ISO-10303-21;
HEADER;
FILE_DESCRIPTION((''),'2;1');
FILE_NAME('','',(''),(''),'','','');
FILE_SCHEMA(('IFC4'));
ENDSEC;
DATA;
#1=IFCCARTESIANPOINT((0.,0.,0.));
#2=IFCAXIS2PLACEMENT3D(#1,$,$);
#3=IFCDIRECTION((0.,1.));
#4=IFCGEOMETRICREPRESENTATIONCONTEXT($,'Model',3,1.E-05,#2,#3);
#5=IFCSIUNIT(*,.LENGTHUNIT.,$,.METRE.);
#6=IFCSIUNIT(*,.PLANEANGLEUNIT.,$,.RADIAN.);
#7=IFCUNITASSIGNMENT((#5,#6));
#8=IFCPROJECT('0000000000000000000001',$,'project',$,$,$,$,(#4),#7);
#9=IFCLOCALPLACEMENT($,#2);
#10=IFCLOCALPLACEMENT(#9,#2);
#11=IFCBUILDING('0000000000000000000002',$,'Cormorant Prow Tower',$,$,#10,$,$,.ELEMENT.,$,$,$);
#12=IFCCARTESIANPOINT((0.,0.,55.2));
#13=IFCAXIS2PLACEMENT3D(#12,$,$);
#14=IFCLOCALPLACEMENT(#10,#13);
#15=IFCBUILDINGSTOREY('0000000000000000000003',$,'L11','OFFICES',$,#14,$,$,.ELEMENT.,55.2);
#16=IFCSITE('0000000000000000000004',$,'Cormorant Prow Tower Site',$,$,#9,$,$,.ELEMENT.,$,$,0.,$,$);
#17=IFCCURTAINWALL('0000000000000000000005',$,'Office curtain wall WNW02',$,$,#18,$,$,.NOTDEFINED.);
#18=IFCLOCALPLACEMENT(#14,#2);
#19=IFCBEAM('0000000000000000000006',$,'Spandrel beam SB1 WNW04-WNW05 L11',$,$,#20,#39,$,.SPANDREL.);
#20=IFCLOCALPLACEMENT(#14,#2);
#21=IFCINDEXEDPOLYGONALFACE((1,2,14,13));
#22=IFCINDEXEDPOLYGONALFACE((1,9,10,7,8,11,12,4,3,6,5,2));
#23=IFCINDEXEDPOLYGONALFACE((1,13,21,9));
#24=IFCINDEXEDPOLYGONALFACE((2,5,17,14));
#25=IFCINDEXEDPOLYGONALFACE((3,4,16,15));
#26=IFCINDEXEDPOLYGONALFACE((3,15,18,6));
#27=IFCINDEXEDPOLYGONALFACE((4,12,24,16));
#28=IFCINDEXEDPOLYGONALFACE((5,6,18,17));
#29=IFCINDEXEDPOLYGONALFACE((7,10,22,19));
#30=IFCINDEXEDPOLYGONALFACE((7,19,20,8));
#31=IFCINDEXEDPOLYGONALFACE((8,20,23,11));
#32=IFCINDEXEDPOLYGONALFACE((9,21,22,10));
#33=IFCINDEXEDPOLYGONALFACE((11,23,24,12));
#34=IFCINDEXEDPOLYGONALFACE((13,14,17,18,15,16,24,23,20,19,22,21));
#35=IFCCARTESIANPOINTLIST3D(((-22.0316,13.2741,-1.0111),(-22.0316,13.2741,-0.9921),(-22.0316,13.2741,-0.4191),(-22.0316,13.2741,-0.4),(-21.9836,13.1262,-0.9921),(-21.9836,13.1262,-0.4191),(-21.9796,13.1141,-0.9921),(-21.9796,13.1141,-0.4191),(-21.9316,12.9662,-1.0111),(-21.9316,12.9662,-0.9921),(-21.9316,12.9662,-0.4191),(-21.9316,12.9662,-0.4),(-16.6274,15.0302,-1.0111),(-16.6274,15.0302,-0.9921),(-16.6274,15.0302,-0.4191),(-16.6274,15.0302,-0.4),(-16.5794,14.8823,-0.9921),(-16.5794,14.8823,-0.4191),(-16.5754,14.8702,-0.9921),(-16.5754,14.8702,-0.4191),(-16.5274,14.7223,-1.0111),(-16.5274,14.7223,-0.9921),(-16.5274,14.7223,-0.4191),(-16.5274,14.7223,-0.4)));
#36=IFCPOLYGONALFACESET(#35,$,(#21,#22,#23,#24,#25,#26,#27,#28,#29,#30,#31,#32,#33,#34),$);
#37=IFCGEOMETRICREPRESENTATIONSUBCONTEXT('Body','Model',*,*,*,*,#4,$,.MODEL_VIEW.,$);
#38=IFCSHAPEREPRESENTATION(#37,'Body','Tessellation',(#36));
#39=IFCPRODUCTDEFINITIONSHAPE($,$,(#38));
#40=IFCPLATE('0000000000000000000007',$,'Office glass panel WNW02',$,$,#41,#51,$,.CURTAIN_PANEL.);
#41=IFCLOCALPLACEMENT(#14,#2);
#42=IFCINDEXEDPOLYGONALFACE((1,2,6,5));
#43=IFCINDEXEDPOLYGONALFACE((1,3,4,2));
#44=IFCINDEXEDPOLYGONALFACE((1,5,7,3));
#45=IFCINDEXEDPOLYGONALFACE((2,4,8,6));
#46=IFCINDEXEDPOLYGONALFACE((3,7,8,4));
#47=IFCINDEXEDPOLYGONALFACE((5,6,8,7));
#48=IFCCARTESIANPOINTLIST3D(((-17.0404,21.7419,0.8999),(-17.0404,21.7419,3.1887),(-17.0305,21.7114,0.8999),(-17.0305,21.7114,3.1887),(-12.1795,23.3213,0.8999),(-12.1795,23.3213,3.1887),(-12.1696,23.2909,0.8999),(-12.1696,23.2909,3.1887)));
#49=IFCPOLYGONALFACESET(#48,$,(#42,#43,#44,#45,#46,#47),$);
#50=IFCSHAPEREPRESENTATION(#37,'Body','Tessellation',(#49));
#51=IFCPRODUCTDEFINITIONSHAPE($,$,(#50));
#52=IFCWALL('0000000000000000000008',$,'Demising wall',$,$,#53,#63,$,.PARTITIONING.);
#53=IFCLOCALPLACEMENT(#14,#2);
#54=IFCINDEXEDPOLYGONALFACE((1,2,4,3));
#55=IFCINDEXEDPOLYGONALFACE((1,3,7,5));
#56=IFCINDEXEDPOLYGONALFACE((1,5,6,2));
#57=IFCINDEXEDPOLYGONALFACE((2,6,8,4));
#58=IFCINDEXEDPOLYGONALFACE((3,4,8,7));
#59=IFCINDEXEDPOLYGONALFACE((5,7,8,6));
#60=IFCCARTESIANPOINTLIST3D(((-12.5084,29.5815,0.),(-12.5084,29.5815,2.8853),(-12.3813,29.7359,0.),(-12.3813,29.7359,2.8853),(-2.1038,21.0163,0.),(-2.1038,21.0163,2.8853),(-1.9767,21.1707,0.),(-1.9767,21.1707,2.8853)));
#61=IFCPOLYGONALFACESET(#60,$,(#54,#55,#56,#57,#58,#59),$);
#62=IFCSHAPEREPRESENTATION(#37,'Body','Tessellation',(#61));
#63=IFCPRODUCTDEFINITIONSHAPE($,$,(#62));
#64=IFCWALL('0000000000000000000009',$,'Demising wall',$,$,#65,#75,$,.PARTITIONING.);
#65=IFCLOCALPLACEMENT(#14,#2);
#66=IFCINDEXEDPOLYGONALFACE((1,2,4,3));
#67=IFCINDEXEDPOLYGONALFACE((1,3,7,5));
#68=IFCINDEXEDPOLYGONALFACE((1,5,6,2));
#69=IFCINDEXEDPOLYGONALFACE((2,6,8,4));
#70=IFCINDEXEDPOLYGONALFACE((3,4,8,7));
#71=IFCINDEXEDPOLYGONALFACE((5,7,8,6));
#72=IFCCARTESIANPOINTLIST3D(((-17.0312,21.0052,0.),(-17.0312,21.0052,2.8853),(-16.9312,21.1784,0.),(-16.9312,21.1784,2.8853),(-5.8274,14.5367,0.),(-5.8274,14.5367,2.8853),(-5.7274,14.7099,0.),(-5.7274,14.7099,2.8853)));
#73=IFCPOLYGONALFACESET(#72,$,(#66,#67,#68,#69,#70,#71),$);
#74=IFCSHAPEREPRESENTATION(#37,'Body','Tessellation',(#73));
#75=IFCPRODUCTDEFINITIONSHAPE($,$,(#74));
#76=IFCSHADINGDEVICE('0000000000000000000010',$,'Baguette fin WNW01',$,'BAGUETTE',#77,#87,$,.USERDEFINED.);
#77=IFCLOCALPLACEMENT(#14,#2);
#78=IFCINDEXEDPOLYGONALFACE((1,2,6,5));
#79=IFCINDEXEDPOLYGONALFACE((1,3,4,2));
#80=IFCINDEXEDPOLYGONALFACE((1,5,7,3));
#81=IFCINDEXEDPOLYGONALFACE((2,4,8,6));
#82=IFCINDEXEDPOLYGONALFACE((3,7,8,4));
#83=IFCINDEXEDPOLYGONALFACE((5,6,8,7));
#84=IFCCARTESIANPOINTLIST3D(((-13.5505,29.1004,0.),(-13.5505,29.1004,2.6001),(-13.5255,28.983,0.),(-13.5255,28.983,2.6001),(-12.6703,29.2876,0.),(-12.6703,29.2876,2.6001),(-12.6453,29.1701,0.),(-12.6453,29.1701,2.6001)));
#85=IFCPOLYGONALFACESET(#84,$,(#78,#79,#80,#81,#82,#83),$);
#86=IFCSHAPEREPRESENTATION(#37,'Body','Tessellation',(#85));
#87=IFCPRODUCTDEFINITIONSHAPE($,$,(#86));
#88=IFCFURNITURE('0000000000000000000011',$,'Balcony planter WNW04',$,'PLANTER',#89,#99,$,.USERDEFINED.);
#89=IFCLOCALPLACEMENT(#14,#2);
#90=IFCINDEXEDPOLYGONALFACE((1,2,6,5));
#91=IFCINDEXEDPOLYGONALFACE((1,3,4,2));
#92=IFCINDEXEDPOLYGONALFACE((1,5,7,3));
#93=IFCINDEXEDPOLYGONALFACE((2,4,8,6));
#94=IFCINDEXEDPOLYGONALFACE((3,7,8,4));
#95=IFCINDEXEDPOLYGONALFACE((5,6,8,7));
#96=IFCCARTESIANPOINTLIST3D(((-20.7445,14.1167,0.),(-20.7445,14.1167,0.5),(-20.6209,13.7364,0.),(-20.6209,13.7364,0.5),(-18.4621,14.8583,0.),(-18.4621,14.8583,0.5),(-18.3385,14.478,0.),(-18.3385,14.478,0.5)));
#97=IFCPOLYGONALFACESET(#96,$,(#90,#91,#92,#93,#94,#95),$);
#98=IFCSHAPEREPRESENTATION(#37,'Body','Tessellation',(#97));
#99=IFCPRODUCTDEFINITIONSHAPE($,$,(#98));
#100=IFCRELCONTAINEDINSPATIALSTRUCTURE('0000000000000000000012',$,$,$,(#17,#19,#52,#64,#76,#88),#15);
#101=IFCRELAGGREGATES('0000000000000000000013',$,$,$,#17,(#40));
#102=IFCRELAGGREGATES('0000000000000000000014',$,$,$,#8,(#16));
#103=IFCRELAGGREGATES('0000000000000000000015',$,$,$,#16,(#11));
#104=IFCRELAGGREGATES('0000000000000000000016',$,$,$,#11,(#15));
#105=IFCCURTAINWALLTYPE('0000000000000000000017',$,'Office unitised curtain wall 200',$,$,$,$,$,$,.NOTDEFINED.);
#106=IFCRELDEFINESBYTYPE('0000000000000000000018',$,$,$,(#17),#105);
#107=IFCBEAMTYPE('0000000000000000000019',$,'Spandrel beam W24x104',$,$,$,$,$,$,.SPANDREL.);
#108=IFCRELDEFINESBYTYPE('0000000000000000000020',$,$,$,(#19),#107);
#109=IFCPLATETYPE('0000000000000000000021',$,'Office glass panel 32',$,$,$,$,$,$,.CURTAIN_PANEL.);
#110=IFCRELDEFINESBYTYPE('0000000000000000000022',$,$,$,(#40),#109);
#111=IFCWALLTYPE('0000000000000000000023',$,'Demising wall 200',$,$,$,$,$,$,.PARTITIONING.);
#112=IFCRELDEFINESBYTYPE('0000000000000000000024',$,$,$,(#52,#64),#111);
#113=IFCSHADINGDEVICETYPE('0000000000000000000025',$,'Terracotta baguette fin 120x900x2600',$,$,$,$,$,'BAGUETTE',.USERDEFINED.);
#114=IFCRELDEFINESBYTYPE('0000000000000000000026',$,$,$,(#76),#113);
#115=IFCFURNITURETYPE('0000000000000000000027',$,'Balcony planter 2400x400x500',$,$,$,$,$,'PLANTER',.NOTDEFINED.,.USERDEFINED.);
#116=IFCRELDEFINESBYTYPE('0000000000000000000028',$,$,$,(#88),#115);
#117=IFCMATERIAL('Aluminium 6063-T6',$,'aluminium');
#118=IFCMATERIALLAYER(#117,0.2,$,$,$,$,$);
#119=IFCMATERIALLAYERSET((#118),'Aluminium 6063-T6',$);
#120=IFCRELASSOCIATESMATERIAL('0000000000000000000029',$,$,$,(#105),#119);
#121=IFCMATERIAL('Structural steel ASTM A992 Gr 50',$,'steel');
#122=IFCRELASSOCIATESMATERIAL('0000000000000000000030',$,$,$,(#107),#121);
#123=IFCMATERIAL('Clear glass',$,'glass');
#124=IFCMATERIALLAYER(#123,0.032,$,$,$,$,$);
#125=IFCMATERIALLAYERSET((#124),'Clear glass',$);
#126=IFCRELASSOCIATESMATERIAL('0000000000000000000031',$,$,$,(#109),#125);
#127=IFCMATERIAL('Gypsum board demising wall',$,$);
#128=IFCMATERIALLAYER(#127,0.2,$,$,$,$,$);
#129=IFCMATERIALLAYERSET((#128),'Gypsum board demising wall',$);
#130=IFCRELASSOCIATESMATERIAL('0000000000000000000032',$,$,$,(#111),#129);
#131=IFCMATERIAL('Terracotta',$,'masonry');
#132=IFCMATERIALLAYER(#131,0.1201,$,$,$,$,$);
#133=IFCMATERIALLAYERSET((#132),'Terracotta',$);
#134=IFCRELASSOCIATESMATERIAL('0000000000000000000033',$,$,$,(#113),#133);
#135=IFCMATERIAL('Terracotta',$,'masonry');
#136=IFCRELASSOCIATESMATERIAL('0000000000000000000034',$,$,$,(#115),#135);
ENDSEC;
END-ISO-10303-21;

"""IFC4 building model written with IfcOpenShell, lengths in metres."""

from ifc_helpers import new_model, si_unit, direction, frame, frame_2d, origin, origin_2d, place, context, subcontext, project, spatial, rectangle, i_section, extrude, material, layer, layer_set, material_profile, profile_set, type_object, element, aggregate, save


model = new_model("IFC4")

# Units and contexts
model_context = context("Model", 3, precision=1e-05, world=origin(), true_north=direction((0.0, 1.0)))
body_context = subcontext(model_context, "Body", "Model", "MODEL_VIEW")
ifc_project = project(units=[si_unit("LENGTHUNIT", "METRE"), si_unit("PLANEANGLEUNIT", "RADIAN")], contexts=[model_context])

# Site, building, storey
site_placement = place(None, origin())
site = spatial("IfcSite", under=ifc_project, at=site_placement, Name="Cormorant Prow Tower Site", CompositionType="ELEMENT", RefElevation=0.0)
building_placement = place(site_placement, origin())
building = spatial("IfcBuilding", under=site, at=building_placement, Name="Cormorant Prow Tower", CompositionType="ELEMENT")
storey_placement = place(building_placement, frame((0.0, 0.0, 55.2)))
storey = spatial("IfcBuildingStorey", under=building, at=storey_placement, Name="L11", Description="OFFICES", CompositionType="ELEMENT", Elevation=55.2)

# Curtain wall
ifc_material_1 = material(Name="Aluminium 6063-T6", Category="aluminium")
ifc_layer_1 = layer(ifc_material_1, 0.2)
ifc_layer_set_1 = layer_set([ifc_layer_1], Name="Aluminium 6063-T6")
curtain_wall_type = type_object("IfcCurtainWallType", Name="Office unitised curtain wall 200", PredefinedType="NOTDEFINED", material=ifc_layer_set_1)
curtain_wall_1_placement = place(storey_placement, origin())
curtain_wall_1 = element("IfcCurtainWall", 1, at=curtain_wall_1_placement, inside=storey, type_object=curtain_wall_type, Name="Office curtain wall WNW02", PredefinedType="NOTDEFINED")

# Beam
ifc_material_2 = material(Name="Structural steel ASTM A992 Gr 50", Category="steel")
ifc_material_profile_1 = material_profile(ifc_material_2, i_section(OverallWidth=0.3237, OverallDepth=0.6111, WebThickness=0.0127, FlangeThickness=0.019, at=origin_2d()), Name="W24x104")
ifc_profile_set_1 = profile_set([ifc_material_profile_1], Name="Structural steel ASTM A992 Gr 50")
beam_type = type_object("IfcBeamType", Name="Spandrel beam W24x104", PredefinedType="SPANDREL", material=ifc_profile_set_1)
beam_1_placement = place(storey_placement, frame((-16.5774, 14.8762, -0.7056), z_axis=(-0.951049, -0.309039, 0.0), x_axis=(0.309039, -0.951049, 0.0)))
element("IfcBeam", 2, at=beam_1_placement, inside=storey, type_object=beam_type, Name="Spandrel beam SB1 WNW04-WNW05 L11", PredefinedType="SPANDREL", context=body_context, shape_type="SweptSolid", body=[
    extrude(i_section(OverallWidth=0.3237, OverallDepth=0.6111, WebThickness=0.0127, FlangeThickness=0.019, at=origin_2d()), origin(), (0.0, 0.0, 1.0), 5.6824),
])

# Plate
ifc_material_3 = material(Name="Clear glass", Category="glass")
ifc_layer_2 = layer(ifc_material_3, 0.032)
ifc_layer_set_2 = layer_set([ifc_layer_2], Name="Clear glass")
plate_type = type_object("IfcPlateType", Name="Office glass panel 32", PredefinedType="CURTAIN_PANEL", material=ifc_layer_set_2)
plate_placement = place(storey_placement, frame((-14.605, 22.5164, 0.8999), z_axis=(0.0, 0.0, 1.0), x_axis=(-0.951057, -0.309017, 0.0)))
plate = element("IfcPlate", 3, at=plate_placement, type_object=plate_type, Name="Office glass panel WNW02", PredefinedType="CURTAIN_PANEL", context=body_context, shape_type="SweptSolid", body=[
    extrude(rectangle(XDim=5.1111, YDim=0.032, at=origin_2d()), origin(), (0.0, 0.0, 1.0), 2.2888),
])
aggregate(curtain_wall_1, [plate])

# Walls
ifc_material_4 = material(Name="Gypsum board demising wall")
ifc_layer_3 = layer(ifc_material_4, 0.2)
ifc_layer_set_3 = layer_set([ifc_layer_3], Name="Gypsum board demising wall")
wall_type_1 = type_object("IfcWallType", Name="Demising wall 200", PredefinedType="PARTITIONING", material=ifc_layer_set_3)
wall_1_placement = place(storey_placement, frame((-12.4448, 29.6587, 0.0), z_axis=(0.0, 0.0, 1.0), x_axis=(0.772049, -0.635563, 0.0)))
element("IfcWall", 4, at=wall_1_placement, inside=storey, type_object=wall_type_1, Name="Demising wall", PredefinedType="PARTITIONING", context=body_context, shape_type="SweptSolid", body=[
    extrude(rectangle(XDim=13.4766, YDim=0.2, at=frame_2d((6.7383, 0.0))), origin(), (0.0, 0.0, 1.0), 2.8853),
])
wall_2_placement = place(storey_placement, frame((-16.9812, 21.0918, 0.0), z_axis=(0.0, 0.0, 1.0), x_axis=(0.866027, -0.499997, 0.0)))
element("IfcWall", 5, at=wall_2_placement, inside=storey, type_object=wall_type_1, Name="Demising wall", PredefinedType="PARTITIONING", context=body_context, shape_type="SweptSolid", body=[
    extrude(rectangle(XDim=12.937, YDim=0.2, at=frame_2d((6.4685, 0.0))), origin(), (0.0, 0.0, 1.0), 2.8853),
])

# Shading device
ifc_material_5 = material(Name="Terracotta", Category="masonry")
ifc_layer_4 = layer(ifc_material_5, 0.1201)
ifc_layer_set_4 = layer_set([ifc_layer_4], Name="Terracotta")
shading_device_type = type_object("IfcShadingDeviceType", Name="Terracotta baguette fin 120x900x2600", ElementType="BAGUETTE", PredefinedType="USERDEFINED", material=ifc_layer_set_4)
shading_device_placement = place(storey_placement, frame((-13.0979, 29.1353, 0.0), z_axis=(0.0, 0.0, 1.0), x_axis=(0.207912, -0.978148, 0.0)))
element("IfcShadingDevice", 6, at=shading_device_placement, inside=storey, type_object=shading_device_type, Name="Baguette fin WNW01", ObjectType="BAGUETTE", PredefinedType="USERDEFINED", context=body_context, shape_type="SweptSolid", body=[
    extrude(rectangle(XDim=0.1201, YDim=0.8999, at=origin_2d()), origin(), (0.0, 0.0, 1.0), 2.6001),
])

# Furniture
ifc_material_6 = material(Name="Terracotta", Category="masonry")
furniture_type = type_object("IfcFurnitureType", Name="Balcony planter 2400x400x500", ElementType="PLANTER", AssemblyPlace="NOTDEFINED", PredefinedType="USERDEFINED", material=ifc_material_6)
furniture_placement = place(storey_placement, frame((-19.5415, 14.2974, 0.0), z_axis=(0.0, 0.0, 1.0), x_axis=(-0.951056, -0.309017, 0.0)))
element("IfcFurniture", 7, at=furniture_placement, inside=storey, type_object=furniture_type, Name="Balcony planter WNW04", ObjectType="PLANTER", PredefinedType="USERDEFINED", context=body_context, shape_type="SweptSolid", body=[
    extrude(rectangle(XDim=2.3999, YDim=0.3999, at=origin_2d()), origin(), (0.0, 0.0, 1.0), 0.5),
])

save(model, "model.ifc")
